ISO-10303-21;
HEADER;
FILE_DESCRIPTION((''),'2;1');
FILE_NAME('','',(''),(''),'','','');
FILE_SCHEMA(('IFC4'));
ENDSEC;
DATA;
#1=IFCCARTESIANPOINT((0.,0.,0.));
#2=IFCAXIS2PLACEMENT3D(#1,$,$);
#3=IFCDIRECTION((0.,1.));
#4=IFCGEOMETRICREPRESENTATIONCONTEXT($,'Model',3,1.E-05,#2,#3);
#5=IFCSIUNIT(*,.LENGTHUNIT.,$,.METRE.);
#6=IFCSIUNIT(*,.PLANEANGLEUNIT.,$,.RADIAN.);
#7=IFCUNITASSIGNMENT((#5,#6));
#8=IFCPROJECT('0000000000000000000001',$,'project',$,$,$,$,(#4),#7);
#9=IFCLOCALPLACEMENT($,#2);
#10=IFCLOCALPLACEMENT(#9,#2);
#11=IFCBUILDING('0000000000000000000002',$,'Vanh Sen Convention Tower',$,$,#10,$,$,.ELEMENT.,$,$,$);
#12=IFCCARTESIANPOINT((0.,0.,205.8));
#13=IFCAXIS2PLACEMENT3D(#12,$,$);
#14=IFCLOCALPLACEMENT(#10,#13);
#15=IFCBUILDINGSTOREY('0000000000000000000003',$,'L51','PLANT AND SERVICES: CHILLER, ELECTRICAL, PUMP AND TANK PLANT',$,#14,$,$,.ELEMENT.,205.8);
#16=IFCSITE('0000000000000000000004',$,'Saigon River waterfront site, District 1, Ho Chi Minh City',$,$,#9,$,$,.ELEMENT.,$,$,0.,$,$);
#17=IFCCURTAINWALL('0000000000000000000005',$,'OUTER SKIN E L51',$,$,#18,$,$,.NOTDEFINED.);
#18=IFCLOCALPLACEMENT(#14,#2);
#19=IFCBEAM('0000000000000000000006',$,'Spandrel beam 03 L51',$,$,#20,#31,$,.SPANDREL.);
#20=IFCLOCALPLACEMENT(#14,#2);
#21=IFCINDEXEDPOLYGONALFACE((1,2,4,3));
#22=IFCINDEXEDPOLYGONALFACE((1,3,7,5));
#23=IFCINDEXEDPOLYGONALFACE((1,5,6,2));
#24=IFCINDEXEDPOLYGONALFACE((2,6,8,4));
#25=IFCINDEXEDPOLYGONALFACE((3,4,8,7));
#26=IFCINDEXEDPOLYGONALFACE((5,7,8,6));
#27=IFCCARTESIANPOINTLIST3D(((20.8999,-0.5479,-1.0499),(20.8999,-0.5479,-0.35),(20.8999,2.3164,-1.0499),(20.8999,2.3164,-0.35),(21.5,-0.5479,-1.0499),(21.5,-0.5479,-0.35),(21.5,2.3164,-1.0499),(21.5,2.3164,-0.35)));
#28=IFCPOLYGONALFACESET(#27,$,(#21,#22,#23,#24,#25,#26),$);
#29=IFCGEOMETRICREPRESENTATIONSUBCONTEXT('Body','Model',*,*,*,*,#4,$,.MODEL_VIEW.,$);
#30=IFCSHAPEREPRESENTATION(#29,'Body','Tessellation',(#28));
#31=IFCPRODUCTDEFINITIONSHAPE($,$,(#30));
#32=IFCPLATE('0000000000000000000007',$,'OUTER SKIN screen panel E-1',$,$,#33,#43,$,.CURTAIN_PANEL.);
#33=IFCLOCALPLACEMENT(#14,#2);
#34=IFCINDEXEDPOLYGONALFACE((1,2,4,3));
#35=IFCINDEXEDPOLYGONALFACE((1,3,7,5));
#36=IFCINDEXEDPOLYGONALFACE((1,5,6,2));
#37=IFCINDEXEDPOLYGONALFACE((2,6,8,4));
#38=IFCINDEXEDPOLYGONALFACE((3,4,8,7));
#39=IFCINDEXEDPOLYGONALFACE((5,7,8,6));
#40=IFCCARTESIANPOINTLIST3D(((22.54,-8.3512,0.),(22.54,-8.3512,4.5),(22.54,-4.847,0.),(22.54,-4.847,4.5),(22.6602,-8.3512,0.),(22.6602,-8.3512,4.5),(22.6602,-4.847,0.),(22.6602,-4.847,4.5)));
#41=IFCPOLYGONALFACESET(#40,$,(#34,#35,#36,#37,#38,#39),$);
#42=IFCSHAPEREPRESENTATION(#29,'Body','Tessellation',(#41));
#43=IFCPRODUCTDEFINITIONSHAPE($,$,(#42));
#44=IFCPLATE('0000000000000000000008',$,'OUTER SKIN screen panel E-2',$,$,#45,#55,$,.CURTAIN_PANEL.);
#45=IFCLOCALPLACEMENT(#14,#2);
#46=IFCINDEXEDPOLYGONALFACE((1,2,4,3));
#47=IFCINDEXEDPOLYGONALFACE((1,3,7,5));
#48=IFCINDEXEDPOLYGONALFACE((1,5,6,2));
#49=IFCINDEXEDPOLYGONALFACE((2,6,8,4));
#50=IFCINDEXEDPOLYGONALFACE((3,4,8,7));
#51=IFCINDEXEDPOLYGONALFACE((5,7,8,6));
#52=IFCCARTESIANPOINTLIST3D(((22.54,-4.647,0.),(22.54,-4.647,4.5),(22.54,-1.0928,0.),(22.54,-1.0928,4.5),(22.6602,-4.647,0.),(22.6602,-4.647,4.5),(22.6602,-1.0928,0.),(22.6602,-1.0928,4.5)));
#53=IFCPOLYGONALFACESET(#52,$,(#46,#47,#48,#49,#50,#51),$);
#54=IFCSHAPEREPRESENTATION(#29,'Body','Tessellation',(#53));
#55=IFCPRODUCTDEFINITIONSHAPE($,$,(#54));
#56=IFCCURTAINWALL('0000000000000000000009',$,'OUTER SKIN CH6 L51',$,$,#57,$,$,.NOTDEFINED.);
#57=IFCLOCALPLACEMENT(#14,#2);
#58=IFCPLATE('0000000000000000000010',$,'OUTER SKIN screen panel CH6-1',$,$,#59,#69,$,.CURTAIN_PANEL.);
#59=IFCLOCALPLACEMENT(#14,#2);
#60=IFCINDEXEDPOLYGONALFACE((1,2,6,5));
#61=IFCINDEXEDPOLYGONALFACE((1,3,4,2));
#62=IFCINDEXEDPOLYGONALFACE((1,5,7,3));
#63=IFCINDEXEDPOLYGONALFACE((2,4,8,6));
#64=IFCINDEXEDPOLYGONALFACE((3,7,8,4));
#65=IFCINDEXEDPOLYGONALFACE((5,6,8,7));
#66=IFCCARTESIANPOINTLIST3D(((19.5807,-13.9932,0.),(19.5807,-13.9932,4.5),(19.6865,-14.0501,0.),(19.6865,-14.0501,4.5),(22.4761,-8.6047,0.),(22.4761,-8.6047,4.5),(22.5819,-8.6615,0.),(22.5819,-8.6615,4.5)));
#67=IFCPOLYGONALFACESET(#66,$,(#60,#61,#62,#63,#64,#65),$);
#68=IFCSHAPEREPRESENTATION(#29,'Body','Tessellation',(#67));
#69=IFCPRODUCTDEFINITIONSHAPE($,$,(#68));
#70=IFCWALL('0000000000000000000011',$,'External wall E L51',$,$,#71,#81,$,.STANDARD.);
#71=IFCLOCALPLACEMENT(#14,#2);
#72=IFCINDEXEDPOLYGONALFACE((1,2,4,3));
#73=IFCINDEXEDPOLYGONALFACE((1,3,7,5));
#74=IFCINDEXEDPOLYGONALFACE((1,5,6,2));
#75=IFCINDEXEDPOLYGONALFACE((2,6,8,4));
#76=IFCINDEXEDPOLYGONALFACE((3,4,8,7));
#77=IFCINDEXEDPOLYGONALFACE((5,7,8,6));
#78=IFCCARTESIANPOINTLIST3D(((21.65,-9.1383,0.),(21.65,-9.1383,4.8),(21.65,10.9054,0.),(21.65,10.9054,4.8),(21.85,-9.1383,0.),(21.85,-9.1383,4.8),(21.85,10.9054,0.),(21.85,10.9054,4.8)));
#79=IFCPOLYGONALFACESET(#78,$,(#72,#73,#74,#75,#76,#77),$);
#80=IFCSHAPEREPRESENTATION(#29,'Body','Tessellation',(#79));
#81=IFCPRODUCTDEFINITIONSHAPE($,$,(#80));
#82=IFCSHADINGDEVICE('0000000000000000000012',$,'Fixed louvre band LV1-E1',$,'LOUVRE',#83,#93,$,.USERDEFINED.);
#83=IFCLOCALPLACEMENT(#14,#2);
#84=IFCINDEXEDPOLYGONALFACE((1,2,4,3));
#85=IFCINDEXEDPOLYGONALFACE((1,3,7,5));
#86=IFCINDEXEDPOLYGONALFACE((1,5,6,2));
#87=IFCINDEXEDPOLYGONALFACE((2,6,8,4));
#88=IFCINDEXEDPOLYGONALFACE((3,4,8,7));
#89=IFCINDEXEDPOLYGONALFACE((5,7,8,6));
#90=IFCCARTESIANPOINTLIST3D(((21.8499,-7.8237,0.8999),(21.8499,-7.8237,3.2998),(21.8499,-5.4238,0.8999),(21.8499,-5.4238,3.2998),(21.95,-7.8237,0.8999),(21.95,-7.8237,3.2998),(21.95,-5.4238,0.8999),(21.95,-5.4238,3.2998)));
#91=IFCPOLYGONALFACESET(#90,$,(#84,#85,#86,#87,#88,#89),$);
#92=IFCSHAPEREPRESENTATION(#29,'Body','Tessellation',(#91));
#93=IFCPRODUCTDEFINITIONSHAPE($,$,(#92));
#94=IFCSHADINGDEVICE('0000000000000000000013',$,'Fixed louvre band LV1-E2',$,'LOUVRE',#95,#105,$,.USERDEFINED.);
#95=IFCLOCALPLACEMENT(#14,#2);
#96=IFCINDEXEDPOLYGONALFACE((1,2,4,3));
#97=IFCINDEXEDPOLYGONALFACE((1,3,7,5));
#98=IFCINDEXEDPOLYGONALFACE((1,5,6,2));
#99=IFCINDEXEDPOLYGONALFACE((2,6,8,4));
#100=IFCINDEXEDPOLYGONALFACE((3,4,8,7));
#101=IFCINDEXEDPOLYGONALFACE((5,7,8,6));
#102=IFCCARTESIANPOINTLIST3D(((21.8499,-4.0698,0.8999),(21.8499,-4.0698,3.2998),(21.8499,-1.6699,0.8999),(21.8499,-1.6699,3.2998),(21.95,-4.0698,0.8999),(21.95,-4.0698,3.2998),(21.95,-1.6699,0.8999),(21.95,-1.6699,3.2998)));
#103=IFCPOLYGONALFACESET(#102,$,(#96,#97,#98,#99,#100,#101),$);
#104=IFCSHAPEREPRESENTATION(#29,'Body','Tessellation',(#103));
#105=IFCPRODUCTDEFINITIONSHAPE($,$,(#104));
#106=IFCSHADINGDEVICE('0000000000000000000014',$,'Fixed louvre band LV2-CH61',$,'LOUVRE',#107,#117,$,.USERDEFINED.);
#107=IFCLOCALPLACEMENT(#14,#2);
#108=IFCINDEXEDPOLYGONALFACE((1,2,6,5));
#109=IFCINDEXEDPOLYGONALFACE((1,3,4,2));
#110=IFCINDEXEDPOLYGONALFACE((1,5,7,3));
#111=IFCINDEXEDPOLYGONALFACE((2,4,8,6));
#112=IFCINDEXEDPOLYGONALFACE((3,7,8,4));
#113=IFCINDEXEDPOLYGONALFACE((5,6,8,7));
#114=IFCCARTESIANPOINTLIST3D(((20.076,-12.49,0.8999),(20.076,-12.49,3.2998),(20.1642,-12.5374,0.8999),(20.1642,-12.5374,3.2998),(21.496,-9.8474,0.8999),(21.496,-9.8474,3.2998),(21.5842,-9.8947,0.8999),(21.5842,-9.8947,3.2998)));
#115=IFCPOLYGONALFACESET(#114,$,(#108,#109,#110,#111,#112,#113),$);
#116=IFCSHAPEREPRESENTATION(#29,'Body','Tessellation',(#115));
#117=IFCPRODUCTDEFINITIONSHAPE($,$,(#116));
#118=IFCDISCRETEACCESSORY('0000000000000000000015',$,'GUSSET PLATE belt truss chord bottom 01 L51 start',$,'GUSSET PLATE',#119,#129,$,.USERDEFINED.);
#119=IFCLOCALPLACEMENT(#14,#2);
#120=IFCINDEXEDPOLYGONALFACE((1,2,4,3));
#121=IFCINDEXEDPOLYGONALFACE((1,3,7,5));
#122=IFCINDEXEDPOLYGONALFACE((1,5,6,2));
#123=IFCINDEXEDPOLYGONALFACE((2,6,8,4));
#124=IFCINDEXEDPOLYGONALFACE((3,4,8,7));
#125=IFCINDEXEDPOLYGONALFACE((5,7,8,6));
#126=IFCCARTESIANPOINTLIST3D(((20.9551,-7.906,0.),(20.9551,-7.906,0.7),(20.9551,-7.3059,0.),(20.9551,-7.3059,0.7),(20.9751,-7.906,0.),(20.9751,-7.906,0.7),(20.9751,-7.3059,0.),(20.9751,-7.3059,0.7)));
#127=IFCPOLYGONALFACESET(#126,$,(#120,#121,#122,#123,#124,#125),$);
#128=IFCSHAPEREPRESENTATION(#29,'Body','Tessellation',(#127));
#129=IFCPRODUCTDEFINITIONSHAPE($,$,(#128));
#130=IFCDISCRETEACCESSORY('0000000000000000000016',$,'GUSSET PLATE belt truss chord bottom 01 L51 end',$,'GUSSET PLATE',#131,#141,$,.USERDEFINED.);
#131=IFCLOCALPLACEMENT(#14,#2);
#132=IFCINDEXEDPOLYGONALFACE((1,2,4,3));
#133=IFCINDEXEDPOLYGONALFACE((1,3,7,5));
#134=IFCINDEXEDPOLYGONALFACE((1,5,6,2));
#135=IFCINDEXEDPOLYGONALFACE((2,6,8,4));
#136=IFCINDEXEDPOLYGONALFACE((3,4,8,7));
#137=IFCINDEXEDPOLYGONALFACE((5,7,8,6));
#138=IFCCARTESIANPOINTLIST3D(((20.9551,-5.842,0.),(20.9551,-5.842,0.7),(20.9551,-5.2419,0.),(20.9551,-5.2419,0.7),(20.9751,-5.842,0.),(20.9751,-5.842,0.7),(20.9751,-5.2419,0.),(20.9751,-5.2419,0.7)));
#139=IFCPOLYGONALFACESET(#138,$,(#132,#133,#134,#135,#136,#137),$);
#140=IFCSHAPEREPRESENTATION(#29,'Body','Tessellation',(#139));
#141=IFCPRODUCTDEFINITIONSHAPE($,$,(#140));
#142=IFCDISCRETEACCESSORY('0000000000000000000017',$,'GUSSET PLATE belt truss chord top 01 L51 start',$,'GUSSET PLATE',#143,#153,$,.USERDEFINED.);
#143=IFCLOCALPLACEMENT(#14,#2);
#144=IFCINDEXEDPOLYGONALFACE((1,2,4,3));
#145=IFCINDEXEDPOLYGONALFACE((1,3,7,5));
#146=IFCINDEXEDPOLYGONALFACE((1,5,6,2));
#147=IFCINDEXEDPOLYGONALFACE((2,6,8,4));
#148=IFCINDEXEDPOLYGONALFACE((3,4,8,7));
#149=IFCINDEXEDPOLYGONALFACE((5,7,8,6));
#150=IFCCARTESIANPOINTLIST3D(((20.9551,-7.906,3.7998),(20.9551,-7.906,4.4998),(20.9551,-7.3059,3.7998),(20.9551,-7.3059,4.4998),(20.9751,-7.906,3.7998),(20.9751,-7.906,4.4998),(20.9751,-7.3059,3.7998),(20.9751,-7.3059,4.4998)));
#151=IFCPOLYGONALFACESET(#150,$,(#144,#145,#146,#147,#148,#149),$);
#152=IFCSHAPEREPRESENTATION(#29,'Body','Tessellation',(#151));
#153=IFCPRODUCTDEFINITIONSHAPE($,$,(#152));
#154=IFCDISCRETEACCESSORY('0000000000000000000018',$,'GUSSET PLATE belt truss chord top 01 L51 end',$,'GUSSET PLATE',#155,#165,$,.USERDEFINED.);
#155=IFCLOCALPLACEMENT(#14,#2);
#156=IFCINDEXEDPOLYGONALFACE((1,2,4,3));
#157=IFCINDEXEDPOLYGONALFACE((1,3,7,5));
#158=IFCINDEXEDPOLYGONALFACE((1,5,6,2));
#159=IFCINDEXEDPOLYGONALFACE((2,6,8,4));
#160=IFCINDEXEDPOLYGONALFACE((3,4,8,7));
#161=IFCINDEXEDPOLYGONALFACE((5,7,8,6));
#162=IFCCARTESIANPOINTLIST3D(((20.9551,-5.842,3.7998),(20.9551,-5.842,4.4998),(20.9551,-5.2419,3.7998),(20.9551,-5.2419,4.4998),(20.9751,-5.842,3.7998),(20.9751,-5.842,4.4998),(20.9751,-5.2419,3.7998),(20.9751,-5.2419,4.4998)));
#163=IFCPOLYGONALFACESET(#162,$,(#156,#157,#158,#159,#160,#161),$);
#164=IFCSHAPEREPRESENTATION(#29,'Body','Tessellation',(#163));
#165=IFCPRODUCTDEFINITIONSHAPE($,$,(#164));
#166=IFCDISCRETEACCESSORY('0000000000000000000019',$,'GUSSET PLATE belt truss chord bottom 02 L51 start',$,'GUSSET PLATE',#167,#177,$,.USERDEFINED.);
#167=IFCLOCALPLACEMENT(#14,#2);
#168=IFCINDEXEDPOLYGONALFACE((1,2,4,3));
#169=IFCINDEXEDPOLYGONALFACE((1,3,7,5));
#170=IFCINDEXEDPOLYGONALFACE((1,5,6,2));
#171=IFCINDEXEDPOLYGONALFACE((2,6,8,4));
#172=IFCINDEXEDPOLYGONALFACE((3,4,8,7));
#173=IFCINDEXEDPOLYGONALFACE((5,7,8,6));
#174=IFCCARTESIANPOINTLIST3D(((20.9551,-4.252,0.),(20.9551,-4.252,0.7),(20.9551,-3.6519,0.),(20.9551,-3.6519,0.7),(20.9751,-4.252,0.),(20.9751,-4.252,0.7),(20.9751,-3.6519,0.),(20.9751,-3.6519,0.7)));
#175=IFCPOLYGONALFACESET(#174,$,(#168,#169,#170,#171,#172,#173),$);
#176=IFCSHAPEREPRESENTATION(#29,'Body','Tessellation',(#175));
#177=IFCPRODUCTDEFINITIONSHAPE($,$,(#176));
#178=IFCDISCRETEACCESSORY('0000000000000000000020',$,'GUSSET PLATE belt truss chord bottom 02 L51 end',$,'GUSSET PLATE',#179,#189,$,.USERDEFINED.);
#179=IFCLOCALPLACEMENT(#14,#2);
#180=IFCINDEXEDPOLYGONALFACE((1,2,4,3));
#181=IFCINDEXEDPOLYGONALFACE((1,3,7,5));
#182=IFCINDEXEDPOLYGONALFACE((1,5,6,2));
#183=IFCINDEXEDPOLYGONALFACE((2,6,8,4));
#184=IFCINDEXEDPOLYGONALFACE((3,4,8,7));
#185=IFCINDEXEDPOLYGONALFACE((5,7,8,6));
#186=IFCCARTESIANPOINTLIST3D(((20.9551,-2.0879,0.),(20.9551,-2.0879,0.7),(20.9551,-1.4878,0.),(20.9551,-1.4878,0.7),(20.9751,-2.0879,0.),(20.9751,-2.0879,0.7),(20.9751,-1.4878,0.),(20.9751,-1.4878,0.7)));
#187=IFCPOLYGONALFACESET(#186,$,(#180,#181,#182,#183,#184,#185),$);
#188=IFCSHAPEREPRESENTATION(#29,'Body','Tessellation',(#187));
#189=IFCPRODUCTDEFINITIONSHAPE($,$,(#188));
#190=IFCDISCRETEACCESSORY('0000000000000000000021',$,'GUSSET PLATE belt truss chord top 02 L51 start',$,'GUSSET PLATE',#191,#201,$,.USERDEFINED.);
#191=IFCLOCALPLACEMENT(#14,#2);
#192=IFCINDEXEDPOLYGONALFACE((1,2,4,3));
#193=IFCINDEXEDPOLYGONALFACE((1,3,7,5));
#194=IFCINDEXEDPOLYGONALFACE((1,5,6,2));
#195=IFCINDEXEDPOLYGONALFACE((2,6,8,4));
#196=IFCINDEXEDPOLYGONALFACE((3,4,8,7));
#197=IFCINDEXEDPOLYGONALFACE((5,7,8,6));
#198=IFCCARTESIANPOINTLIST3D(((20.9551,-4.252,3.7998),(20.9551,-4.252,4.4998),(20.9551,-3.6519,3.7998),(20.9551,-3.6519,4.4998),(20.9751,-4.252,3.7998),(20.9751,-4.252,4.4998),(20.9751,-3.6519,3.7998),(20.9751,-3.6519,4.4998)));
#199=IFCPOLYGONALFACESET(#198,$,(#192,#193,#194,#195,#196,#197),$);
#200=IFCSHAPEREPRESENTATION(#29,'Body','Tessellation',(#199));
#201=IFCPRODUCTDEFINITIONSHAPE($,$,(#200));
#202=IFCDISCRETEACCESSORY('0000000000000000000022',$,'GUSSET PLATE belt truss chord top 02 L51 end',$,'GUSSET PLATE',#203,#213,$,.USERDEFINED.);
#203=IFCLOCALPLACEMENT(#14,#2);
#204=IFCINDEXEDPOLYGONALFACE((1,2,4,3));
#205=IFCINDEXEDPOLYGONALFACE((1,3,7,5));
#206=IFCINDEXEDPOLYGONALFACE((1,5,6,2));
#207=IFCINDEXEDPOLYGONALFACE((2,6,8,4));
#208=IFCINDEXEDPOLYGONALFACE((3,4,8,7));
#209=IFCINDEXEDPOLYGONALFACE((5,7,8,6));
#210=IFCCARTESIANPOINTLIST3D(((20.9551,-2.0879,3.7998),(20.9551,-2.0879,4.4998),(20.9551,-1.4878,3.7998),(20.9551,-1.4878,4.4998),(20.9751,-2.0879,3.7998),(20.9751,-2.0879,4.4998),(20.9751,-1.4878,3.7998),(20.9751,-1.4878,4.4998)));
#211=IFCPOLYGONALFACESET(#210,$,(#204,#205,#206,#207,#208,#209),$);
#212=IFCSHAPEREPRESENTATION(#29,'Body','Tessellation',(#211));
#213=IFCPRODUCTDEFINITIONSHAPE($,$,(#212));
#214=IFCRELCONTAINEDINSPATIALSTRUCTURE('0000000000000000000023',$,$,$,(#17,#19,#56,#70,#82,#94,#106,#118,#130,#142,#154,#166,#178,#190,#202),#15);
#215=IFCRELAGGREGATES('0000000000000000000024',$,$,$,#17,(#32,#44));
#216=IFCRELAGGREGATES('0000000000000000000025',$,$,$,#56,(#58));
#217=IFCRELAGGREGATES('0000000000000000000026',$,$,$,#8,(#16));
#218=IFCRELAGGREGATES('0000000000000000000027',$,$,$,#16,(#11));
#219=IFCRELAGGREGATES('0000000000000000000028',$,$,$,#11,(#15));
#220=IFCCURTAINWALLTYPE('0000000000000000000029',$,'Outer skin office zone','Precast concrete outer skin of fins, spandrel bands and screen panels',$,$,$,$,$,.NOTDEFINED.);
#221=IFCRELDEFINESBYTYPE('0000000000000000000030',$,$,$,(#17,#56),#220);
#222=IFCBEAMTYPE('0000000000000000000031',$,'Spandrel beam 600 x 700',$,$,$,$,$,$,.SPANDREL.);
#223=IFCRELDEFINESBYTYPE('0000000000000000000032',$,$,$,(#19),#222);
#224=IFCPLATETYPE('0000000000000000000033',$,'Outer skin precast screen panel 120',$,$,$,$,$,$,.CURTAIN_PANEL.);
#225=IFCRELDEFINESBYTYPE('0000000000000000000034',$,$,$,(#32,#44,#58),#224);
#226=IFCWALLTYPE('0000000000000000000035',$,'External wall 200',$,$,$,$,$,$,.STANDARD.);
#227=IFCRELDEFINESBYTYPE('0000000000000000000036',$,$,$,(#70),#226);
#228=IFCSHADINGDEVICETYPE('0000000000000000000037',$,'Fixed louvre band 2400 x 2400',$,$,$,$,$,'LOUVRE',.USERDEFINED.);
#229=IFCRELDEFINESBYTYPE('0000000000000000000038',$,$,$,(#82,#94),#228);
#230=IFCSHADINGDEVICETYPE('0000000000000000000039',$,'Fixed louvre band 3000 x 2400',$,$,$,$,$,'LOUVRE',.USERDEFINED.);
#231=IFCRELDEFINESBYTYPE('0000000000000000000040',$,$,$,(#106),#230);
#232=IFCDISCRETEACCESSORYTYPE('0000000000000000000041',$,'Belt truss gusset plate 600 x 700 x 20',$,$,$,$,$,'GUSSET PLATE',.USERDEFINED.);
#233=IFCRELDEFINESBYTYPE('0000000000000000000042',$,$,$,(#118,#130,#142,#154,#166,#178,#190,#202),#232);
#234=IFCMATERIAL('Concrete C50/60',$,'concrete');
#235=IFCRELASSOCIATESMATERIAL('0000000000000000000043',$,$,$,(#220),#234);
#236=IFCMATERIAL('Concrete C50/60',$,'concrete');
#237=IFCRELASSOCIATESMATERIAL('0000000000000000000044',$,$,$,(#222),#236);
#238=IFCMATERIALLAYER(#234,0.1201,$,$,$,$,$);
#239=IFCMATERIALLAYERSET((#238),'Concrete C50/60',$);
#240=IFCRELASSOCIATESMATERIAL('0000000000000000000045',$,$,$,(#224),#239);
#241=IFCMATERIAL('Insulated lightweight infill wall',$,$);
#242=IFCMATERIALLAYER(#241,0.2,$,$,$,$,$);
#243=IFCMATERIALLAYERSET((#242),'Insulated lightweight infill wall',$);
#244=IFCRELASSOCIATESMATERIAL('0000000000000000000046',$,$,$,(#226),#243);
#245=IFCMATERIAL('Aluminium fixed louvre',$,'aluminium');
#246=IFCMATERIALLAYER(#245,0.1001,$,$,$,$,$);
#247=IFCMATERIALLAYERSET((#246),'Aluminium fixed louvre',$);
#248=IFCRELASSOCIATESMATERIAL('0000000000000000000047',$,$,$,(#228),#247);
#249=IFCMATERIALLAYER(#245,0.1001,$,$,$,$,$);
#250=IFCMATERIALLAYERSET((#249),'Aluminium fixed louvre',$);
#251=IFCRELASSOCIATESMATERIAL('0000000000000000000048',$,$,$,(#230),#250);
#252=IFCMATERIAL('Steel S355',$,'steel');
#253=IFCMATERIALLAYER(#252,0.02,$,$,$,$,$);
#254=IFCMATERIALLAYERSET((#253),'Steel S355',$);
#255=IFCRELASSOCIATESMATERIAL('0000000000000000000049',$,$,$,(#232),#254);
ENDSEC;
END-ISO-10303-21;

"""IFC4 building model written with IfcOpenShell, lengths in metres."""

from ifc_helpers import new_model, si_unit, direction, frame, frame_2d, origin, origin_2d, place, context, subcontext, project, spatial, rectangle, extrude, material, layer, layer_set, material_profile, profile_set, type_object, element, aggregate, save


model = new_model("IFC4")

# Units and contexts
model_context = context("Model", 3, precision=1e-05, world=origin(), true_north=direction((0.0, 1.0)))
body_context = subcontext(model_context, "Body", "Model", "MODEL_VIEW")
ifc_project = project(units=[si_unit("LENGTHUNIT", "METRE"), si_unit("PLANEANGLEUNIT", "RADIAN")], contexts=[model_context])

# Site, building, storey
site_placement = place(None, origin())
site = spatial("IfcSite", under=ifc_project, at=site_placement, Name="Saigon River waterfront site, District 1, Ho Chi Minh City", CompositionType="ELEMENT", RefElevation=0.0)
building_placement = place(site_placement, origin())
building = spatial("IfcBuilding", under=site, at=building_placement, Name="Vanh Sen Convention Tower", CompositionType="ELEMENT")
storey_placement = place(building_placement, frame((0.0, 0.0, 205.8)))
storey = spatial("IfcBuildingStorey", under=building, at=storey_placement, Name="L51", Description="PLANT AND SERVICES: CHILLER, ELECTRICAL, PUMP AND TANK PLANT", CompositionType="ELEMENT", Elevation=205.8)

# Shared definitions
ifc_material_1 = material(Name="Steel S355", Category="steel")

# Curtain wall
ifc_material_2 = material(Name="Concrete C50/60", Category="concrete")
curtain_wall_type = type_object("IfcCurtainWallType", Name="Outer skin office zone", Description="Precast concrete outer skin of fins, spandrel bands and screen panels", PredefinedType="NOTDEFINED", material=ifc_material_2)
curtain_wall_1_placement = place(storey_placement, origin())
curtain_wall_1 = element("IfcCurtainWall", 1, at=curtain_wall_1_placement, inside=storey, type_object=curtain_wall_type, Name="OUTER SKIN E L51", PredefinedType="NOTDEFINED")

# Beam
ifc_material_3 = material(Name="Concrete C50/60", Category="concrete")
ifc_material_profile_1 = material_profile(ifc_material_3, rectangle(XDim=0.6001, YDim=0.7, at=origin_2d()), Name="RC 600X700")
ifc_profile_set_1 = profile_set([ifc_material_profile_1], Name="Concrete C50/60")
beam_type_1 = type_object("IfcBeamType", Name="Spandrel beam 600 x 700", PredefinedType="SPANDREL", material=ifc_profile_set_1)
for number, where, z_axis, x_axis, name in (
    (2, (21.2, -0.5479, -0.7), (0.0, 1.0, 0.0), (-1.0, 0.0, 0.0), "Spandrel beam 03 L51"),
):
    element("IfcBeam", number, at=place(storey_placement, frame(where, z_axis=z_axis, x_axis=x_axis)), inside=storey, type_object=beam_type_1, Name=name, PredefinedType="SPANDREL", context=body_context, shape_type="SweptSolid", body=[
        extrude(rectangle(XDim=0.6001, YDim=0.7, at=origin_2d()), origin(), (0.0, 0.0, 1.0), 2.8643),
    ])

# Plates
ifc_layer_1 = layer(ifc_material_2, 0.1201)
ifc_layer_set_1 = layer_set([ifc_layer_1], Name="Concrete C50/60")
plate_type = type_object("IfcPlateType", Name="Outer skin precast screen panel 120", PredefinedType="CURTAIN_PANEL", material=ifc_layer_set_1)
plate_1_placement = place(storey_placement, frame((22.6001, -6.5991, 0.0), z_axis=(0.0, 0.0, 1.0), x_axis=(0.0, 1.0, 0.0)))
plate_1 = element("IfcPlate", 3, at=plate_1_placement, type_object=plate_type, Name="OUTER SKIN screen panel E-1", PredefinedType="CURTAIN_PANEL", context=body_context, shape_type="SweptSolid", body=[
    extrude(rectangle(XDim=3.5042, YDim=0.1201, at=origin_2d()), origin(), (0.0, 0.0, 1.0), 4.5),
])
plate_2_placement = place(storey_placement, frame((22.6001, -2.8699, 0.0), z_axis=(0.0, 0.0, 1.0), x_axis=(0.0, 1.0, 0.0)))
plate_2 = element("IfcPlate", 4, at=plate_2_placement, type_object=plate_type, Name="OUTER SKIN screen panel E-2", PredefinedType="CURTAIN_PANEL", context=body_context, shape_type="SweptSolid", body=[
    extrude(rectangle(XDim=3.5542, YDim=0.1201, at=origin_2d()), origin(), (0.0, 0.0, 1.0), 4.5),
])
aggregate(curtain_wall_1, [plate_1, plate_2])

# Curtain wall, plate
curtain_wall_2_placement = place(storey_placement, origin())
curtain_wall_2 = element("IfcCurtainWall", 5, at=curtain_wall_2_placement, inside=storey, type_object=curtain_wall_type, Name="OUTER SKIN CH6 L51", PredefinedType="NOTDEFINED")
plate_3_placement = place(storey_placement, frame((21.0813, -11.3274, 0.0), z_axis=(0.0, 0.0, 1.0), x_axis=(0.473321, 0.88089, 0.0)))
plate_3 = element("IfcPlate", 6, at=plate_3_placement, type_object=plate_type, Name="OUTER SKIN screen panel CH6-1", PredefinedType="CURTAIN_PANEL", context=body_context, shape_type="SweptSolid", body=[
    extrude(rectangle(XDim=6.1172, YDim=0.1201, at=origin_2d()), origin(), (0.0, 0.0, 1.0), 4.5),
])
aggregate(curtain_wall_2, [plate_3])

# Wall
ifc_material_4 = material(Name="Insulated lightweight infill wall")
ifc_layer_2 = layer(ifc_material_4, 0.2)
ifc_layer_set_2 = layer_set([ifc_layer_2], Name="Insulated lightweight infill wall")
wall_type = type_object("IfcWallType", Name="External wall 200", PredefinedType="STANDARD", material=ifc_layer_set_2)
wall_placement = place(storey_placement, frame((21.75, -9.1384, 0.0), z_axis=(0.0, 0.0, 1.0), x_axis=(0.0, 1.0, 0.0)))
element("IfcWall", 7, at=wall_placement, inside=storey, type_object=wall_type, Name="External wall E L51", PredefinedType="STANDARD", context=body_context, shape_type="SweptSolid", body=[
    extrude(rectangle(XDim=20.0437, YDim=0.2, at=frame_2d((10.022, 0.0))), origin(), (0.0, 0.0, 1.0), 4.8),
])

# Shading devices
ifc_material_5 = material(Name="Aluminium fixed louvre", Category="aluminium")
ifc_layer_3 = layer(ifc_material_5, 0.1001)
ifc_layer_set_3 = layer_set([ifc_layer_3], Name="Aluminium fixed louvre")
shading_device_type_1 = type_object("IfcShadingDeviceType", Name="Fixed louvre band 2400 x 2400", ElementType="LOUVRE", PredefinedType="USERDEFINED", material=ifc_layer_set_3)
for number, where, z_axis, x_axis, name in (
    (8, (21.8999, -6.6238, 0.8999), (0.0, 0.0, 1.0), (0.0, 1.0, 0.0), "Fixed louvre band LV1-E1"),
    (9, (21.8999, -2.8699, 0.8999), (0.0, 0.0, 1.0), (0.0, 1.0, 0.0), "Fixed louvre band LV1-E2"),
):
    element("IfcShadingDevice", number, at=place(storey_placement, frame(where, z_axis=z_axis, x_axis=x_axis)), inside=storey, type_object=shading_device_type_1, Name=name, ObjectType="LOUVRE", PredefinedType="USERDEFINED", context=body_context, shape_type="SweptSolid", body=[
        extrude(rectangle(XDim=2.3999, YDim=0.1001, at=origin_2d()), origin(), (0.0, 0.0, 1.0), 2.3999),
    ])
ifc_layer_4 = layer(ifc_material_5, 0.1001)
ifc_layer_set_4 = layer_set([ifc_layer_4], Name="Aluminium fixed louvre")
shading_device_type_2 = type_object("IfcShadingDeviceType", Name="Fixed louvre band 3000 x 2400", ElementType="LOUVRE", PredefinedType="USERDEFINED", material=ifc_layer_set_4)
shading_device_placement = place(storey_placement, frame((20.8301, -11.1924, 0.8999), z_axis=(0.0, 0.0, 1.0), x_axis=(0.473327, 0.880887, 0.0)))
element("IfcShadingDevice", 10, at=shading_device_placement, inside=storey, type_object=shading_device_type_2, Name="Fixed louvre band LV2-CH61", ObjectType="LOUVRE", PredefinedType="USERDEFINED", context=body_context, shape_type="SweptSolid", body=[
    extrude(rectangle(XDim=3.0, YDim=0.1001, at=origin_2d()), origin(), (0.0, 0.0, 1.0), 2.3999),
])

# Discrete accessories
ifc_layer_5 = layer(ifc_material_1, 0.02)
ifc_layer_set_5 = layer_set([ifc_layer_5], Name="Steel S355")
discrete_accessory_type_1 = type_object("IfcDiscreteAccessoryType", Name="Belt truss gusset plate 600 x 700 x 20", ElementType="GUSSET PLATE", PredefinedType="USERDEFINED", material=ifc_layer_set_5)
for number, where, z_axis, x_axis, name in (
    (11, (20.9651, -7.606, 0.0), (0.0, 0.0, 1.0), (0.0, 1.0, 0.0), "GUSSET PLATE belt truss chord bottom 01 L51 start"),
    (12, (20.9651, -5.542, 0.0), (0.0, 0.0, 1.0), (0.0, -1.0, 0.0), "GUSSET PLATE belt truss chord bottom 01 L51 end"),
    (13, (20.9651, -7.606, 3.7998), (0.0, 0.0, 1.0), (0.0, 1.0, 0.0), "GUSSET PLATE belt truss chord top 01 L51 start"),
    (14, (20.9651, -5.542, 3.7998), (0.0, 0.0, 1.0), (0.0, -1.0, 0.0), "GUSSET PLATE belt truss chord top 01 L51 end"),
    (15, (20.9651, -3.9519, 0.0), (0.0, 0.0, 1.0), (0.0, 1.0, 0.0), "GUSSET PLATE belt truss chord bottom 02 L51 start"),
    (16, (20.9651, -1.7878, 0.0), (0.0, 0.0, 1.0), (0.0, -1.0, 0.0), "GUSSET PLATE belt truss chord bottom 02 L51 end"),
    (17, (20.9651, -3.9519, 3.7998), (0.0, 0.0, 1.0), (0.0, 1.0, 0.0), "GUSSET PLATE belt truss chord top 02 L51 start"),
    (18, (20.9651, -1.7878, 3.7998), (0.0, 0.0, 1.0), (0.0, -1.0, 0.0), "GUSSET PLATE belt truss chord top 02 L51 end"),
):
    element("IfcDiscreteAccessory", number, at=place(storey_placement, frame(where, z_axis=z_axis, x_axis=x_axis)), inside=storey, type_object=discrete_accessory_type_1, Name=name, ObjectType="GUSSET PLATE", PredefinedType="USERDEFINED", context=body_context, shape_type="SweptSolid", body=[
        extrude(rectangle(XDim=0.6001, YDim=0.02, at=origin_2d()), origin(), (0.0, 0.0, 1.0), 0.7),
    ])

save(model, "model.ifc")
